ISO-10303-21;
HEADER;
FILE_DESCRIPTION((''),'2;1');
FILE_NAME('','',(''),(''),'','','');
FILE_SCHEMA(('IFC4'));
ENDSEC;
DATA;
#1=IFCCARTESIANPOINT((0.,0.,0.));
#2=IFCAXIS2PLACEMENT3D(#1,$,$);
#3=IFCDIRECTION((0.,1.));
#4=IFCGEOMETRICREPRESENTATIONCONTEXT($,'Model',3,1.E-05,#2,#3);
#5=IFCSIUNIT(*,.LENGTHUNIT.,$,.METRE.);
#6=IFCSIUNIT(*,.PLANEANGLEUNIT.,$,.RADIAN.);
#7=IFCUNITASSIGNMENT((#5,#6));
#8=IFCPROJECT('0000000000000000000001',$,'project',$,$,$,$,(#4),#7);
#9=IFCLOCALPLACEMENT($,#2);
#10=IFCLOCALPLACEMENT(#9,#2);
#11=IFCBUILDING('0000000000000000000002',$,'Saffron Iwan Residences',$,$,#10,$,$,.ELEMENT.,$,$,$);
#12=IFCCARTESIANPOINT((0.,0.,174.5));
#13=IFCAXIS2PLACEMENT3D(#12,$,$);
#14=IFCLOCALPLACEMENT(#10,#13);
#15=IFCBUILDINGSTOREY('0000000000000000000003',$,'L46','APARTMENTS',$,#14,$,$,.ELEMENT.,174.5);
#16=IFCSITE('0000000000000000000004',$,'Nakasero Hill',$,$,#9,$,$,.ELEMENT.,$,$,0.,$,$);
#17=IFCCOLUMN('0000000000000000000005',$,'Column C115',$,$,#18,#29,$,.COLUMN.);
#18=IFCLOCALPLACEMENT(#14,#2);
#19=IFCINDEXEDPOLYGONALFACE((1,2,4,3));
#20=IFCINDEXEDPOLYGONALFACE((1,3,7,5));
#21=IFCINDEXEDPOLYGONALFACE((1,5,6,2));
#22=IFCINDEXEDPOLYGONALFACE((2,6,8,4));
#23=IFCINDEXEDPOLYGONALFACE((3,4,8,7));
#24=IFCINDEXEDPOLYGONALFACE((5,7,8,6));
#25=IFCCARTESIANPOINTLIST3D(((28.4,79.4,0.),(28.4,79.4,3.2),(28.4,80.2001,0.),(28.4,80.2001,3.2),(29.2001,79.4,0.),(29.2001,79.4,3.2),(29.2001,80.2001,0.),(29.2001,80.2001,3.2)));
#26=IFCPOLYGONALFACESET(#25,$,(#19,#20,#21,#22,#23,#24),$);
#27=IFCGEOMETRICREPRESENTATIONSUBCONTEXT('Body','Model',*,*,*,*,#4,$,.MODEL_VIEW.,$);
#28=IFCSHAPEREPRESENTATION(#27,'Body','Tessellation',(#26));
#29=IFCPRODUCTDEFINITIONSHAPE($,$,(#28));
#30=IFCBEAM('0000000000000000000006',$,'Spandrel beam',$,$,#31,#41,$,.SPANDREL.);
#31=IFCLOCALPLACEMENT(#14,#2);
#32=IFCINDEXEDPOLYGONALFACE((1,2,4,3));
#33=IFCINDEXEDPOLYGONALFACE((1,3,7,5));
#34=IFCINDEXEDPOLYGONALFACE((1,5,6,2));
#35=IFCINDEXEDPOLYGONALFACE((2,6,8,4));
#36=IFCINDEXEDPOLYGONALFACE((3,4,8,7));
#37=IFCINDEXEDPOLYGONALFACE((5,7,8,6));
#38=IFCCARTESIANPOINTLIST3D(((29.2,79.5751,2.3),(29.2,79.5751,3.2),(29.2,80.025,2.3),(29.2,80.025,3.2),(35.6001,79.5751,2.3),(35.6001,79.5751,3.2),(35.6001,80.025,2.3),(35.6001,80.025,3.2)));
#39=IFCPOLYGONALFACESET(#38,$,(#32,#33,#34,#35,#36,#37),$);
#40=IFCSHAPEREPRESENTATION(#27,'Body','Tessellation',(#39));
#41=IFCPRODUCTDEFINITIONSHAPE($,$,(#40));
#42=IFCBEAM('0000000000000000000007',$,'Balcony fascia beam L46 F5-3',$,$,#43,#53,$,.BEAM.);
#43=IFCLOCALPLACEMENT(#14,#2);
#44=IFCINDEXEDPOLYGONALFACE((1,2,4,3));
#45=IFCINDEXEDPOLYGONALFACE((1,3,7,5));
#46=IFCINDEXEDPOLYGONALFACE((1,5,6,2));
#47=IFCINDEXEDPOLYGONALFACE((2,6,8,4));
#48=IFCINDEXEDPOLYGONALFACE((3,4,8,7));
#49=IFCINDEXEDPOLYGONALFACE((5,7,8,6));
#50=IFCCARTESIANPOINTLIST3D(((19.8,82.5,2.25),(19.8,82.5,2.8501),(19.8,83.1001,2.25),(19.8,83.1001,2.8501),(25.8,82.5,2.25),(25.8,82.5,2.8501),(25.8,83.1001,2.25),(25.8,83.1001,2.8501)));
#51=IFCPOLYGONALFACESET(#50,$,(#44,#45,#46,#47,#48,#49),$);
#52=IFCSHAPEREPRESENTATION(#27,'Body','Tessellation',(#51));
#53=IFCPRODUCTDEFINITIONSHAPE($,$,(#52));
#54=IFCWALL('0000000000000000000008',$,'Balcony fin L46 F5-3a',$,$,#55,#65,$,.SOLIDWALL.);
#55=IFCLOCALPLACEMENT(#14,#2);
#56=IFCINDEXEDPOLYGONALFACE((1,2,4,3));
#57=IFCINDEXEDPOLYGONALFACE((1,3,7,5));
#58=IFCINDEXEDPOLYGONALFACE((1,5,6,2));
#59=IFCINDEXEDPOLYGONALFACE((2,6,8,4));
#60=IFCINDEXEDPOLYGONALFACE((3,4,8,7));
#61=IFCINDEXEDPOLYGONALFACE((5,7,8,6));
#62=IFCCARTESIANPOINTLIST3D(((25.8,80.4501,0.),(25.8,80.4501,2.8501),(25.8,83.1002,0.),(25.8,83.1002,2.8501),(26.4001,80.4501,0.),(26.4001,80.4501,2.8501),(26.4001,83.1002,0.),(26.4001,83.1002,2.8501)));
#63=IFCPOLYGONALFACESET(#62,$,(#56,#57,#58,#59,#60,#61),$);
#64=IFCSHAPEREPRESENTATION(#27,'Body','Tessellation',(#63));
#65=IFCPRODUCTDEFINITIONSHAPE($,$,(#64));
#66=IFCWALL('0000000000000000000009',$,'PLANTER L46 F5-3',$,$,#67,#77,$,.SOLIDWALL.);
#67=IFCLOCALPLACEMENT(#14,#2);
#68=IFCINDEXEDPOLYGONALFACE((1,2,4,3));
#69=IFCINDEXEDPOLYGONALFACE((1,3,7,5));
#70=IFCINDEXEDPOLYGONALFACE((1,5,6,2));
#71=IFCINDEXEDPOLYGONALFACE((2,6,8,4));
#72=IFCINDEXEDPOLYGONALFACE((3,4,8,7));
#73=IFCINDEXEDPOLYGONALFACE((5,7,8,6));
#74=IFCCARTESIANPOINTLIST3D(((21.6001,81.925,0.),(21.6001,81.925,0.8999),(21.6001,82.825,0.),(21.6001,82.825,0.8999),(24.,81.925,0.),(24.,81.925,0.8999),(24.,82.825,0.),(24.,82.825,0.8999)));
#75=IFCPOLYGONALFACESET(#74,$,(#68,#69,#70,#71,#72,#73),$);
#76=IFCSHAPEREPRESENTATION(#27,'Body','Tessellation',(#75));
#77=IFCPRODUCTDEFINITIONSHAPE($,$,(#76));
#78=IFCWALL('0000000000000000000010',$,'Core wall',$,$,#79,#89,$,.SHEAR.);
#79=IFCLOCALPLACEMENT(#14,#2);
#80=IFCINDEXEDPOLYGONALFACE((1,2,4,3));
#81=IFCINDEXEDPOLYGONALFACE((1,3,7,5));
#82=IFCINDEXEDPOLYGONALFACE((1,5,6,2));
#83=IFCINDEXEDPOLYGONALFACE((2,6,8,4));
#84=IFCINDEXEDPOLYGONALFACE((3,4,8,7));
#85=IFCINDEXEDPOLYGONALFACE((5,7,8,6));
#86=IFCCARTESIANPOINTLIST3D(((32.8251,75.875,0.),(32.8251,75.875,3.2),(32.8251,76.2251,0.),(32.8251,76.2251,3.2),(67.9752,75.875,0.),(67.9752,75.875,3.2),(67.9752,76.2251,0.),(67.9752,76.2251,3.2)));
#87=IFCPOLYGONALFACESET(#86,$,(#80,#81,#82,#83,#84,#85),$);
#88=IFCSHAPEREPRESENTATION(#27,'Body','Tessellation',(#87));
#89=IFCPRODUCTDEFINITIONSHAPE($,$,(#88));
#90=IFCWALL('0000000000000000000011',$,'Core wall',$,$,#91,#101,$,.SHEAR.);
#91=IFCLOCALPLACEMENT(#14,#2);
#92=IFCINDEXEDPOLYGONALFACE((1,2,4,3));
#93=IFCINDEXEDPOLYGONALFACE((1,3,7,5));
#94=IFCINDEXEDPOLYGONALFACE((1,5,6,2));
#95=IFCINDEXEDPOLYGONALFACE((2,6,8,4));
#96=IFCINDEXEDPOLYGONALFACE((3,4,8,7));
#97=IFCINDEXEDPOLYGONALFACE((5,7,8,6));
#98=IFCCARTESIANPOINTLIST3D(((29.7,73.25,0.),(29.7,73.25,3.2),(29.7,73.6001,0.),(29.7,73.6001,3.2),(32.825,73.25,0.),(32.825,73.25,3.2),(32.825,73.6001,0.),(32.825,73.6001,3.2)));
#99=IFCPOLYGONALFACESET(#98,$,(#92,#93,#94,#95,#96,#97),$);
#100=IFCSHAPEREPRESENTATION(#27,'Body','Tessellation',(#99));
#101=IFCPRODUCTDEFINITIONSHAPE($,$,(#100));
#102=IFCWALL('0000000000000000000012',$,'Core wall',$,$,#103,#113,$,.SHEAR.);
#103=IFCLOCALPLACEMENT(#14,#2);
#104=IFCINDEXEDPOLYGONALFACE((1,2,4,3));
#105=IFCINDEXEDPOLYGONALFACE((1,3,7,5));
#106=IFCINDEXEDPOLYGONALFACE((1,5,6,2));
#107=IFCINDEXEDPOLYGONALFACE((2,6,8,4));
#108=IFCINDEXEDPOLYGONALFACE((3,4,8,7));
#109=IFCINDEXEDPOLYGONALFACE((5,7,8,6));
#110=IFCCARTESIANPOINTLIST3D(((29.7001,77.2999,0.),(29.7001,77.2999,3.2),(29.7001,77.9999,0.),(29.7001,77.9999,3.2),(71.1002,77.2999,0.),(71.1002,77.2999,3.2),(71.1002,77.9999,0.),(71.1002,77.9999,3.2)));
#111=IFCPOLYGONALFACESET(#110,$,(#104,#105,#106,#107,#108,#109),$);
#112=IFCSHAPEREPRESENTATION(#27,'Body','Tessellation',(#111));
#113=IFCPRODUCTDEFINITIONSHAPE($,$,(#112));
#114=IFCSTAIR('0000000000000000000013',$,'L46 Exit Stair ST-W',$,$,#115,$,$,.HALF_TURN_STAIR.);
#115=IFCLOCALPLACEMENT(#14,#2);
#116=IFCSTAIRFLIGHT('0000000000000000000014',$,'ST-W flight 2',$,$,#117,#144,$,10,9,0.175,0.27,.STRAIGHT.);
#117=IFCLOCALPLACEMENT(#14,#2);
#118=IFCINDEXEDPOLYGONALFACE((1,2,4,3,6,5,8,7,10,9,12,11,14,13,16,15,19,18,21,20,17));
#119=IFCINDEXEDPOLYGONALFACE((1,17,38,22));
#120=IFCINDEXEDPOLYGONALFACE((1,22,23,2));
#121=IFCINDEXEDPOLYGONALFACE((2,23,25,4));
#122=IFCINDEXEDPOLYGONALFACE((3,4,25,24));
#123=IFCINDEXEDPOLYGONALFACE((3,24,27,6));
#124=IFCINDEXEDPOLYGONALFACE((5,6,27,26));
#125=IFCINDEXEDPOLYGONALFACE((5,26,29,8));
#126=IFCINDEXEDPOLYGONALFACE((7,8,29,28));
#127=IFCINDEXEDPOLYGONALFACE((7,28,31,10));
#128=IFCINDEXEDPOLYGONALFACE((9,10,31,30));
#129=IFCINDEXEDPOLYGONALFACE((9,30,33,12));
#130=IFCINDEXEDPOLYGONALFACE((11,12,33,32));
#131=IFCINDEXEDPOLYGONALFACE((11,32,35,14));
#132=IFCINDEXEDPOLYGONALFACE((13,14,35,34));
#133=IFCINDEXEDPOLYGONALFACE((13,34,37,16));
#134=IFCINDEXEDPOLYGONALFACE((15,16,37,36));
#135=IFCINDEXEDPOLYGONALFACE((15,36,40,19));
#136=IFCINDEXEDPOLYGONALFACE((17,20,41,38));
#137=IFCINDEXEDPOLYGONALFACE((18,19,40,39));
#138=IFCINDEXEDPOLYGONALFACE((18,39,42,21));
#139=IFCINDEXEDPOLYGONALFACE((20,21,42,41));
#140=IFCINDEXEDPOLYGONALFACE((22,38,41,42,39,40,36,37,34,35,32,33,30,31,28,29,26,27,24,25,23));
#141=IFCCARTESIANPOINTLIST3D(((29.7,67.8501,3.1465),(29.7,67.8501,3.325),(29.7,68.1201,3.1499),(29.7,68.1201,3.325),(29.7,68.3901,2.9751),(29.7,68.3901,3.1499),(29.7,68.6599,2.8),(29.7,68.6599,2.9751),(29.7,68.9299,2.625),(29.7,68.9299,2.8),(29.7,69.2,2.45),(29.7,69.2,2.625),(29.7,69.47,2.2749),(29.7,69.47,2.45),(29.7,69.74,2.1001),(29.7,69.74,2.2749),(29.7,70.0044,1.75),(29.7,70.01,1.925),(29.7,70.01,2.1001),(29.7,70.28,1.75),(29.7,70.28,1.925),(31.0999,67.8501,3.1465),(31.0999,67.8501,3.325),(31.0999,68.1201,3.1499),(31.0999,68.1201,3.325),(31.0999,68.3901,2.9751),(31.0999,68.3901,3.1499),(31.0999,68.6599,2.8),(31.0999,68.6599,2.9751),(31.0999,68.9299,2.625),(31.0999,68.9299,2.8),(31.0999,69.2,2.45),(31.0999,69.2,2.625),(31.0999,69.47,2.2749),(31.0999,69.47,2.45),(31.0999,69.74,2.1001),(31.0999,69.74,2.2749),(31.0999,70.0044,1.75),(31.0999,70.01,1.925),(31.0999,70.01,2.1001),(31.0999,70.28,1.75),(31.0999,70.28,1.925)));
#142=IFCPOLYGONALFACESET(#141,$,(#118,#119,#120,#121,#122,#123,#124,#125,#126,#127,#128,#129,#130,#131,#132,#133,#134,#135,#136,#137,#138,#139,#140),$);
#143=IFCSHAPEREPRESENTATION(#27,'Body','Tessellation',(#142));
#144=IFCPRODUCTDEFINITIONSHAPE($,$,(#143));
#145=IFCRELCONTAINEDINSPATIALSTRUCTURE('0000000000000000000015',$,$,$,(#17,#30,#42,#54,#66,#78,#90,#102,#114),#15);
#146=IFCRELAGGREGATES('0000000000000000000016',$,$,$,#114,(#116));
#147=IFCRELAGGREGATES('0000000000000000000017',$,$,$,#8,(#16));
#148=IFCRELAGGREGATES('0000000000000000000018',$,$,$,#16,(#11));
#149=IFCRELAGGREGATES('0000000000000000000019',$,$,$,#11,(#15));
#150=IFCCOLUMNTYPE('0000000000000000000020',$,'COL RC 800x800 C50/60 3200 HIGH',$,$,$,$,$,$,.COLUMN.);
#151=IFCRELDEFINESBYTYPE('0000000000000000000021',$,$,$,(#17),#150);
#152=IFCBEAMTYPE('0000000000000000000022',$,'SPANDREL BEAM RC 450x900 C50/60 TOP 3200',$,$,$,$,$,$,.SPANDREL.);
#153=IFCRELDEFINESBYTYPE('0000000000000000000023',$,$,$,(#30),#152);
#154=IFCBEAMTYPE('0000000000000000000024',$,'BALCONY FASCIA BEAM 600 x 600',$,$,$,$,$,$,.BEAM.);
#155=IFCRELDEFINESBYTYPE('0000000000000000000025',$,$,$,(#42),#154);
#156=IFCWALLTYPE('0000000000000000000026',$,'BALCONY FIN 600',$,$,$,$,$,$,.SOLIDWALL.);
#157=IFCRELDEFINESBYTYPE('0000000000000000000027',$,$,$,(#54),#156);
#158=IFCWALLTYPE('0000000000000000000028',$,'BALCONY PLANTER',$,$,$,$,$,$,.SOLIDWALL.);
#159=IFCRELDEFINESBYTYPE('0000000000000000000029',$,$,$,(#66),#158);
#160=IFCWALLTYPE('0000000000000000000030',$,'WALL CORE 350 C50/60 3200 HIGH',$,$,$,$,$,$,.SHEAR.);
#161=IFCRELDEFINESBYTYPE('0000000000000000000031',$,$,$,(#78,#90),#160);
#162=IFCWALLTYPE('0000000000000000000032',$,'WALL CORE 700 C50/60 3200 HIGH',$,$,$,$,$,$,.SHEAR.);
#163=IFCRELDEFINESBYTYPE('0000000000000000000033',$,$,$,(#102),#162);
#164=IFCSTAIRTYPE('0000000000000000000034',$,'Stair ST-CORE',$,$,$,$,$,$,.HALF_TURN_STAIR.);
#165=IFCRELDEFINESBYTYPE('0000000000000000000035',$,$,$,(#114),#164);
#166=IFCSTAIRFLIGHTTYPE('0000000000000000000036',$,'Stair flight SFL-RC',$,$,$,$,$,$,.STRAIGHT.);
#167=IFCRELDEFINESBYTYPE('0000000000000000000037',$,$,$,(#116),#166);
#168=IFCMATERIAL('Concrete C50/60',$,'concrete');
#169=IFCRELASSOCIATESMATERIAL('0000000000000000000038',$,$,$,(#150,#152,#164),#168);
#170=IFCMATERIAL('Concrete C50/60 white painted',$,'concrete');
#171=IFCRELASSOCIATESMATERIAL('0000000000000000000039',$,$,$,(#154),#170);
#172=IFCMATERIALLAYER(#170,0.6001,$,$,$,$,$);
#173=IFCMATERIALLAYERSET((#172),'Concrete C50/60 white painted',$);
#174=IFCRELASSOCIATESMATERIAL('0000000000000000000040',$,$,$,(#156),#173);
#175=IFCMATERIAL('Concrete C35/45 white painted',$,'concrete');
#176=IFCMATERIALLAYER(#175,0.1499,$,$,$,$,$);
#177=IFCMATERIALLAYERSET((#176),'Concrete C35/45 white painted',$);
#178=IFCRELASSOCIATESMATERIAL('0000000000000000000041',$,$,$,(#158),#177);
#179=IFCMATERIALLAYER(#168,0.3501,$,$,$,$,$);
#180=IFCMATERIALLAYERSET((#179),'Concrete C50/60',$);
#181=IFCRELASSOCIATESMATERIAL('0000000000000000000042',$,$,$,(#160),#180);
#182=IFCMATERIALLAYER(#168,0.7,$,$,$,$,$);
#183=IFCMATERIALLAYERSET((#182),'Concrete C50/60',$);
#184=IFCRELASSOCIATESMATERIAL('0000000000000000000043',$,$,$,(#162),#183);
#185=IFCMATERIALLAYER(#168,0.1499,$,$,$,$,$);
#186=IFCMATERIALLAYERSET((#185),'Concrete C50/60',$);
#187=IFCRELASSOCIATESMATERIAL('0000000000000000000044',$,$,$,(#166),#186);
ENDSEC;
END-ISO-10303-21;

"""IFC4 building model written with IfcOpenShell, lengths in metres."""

from ifc_helpers import new_model, si_unit, direction, frame, frame_2d, origin, origin_2d, place, context, subcontext, project, spatial, polyline, rectangle, outline, extrude, source, transform, mapped, material, layer, layer_set, material_profile, profile_set, type_object, element, aggregate, save


model = new_model("IFC4")

# Units and contexts
model_context = context("Model", 3, precision=1e-05, world=origin(), true_north=direction((0.0, 1.0)))
body_context = subcontext(model_context, "Body", "Model", "MODEL_VIEW")
ifc_project = project(units=[si_unit("LENGTHUNIT", "METRE"), si_unit("PLANEANGLEUNIT", "RADIAN")], contexts=[model_context])

# Site, building, storey
site_placement = place(None, origin())
site = spatial("IfcSite", under=ifc_project, at=site_placement, Name="Nakasero Hill", CompositionType="ELEMENT", RefElevation=0.0)
building_placement = place(site_placement, origin())
building = spatial("IfcBuilding", under=site, at=building_placement, Name="Saffron Iwan Residences", CompositionType="ELEMENT")
storey_placement = place(building_placement, frame((0.0, 0.0, 174.5)))
storey = spatial("IfcBuildingStorey", under=building, at=storey_placement, Name="L46", Description="APARTMENTS", CompositionType="ELEMENT", Elevation=174.5)

# Column
ifc_material_1 = material(Name="Concrete C50/60", Category="concrete")
ifc_material_profile_1 = material_profile(ifc_material_1, rectangle(XDim=0.8, YDim=0.8, at=origin_2d()), Name="RC 800x800")
ifc_profile_set_1 = profile_set([ifc_material_profile_1], Name="Concrete C50/60")
column_type = type_object("IfcColumnType", Name="COL RC 800x800 C50/60 3200 HIGH", PredefinedType="COLUMN", material=ifc_profile_set_1)
shared_shape_1 = source(origin(), body_context, "Body", "SweptSolid", [
    extrude(rectangle(XDim=0.8, YDim=0.8, at=origin_2d()), origin(), (0.0, 0.0, 1.0), 3.2),
])
column_placement = place(storey_placement, frame((28.8, 79.8, 0.0), z_axis=(0.0, 0.0, 1.0), x_axis=(1.0, 0.0, 0.0)))
element("IfcColumn", 1, at=column_placement, inside=storey, type_object=column_type, Name="Column C115", PredefinedType="COLUMN", context=body_context, shape_type="MappedRepresentation", body=[
    mapped(shared_shape_1, transform((0.0, 0.0, 0.0))),
])

# Beams
ifc_material_profile_2 = material_profile(ifc_material_1, rectangle(XDim=0.45, YDim=0.8999, at=origin_2d()), Name="RC 450x900")
ifc_profile_set_2 = profile_set([ifc_material_profile_2], Name="Concrete C50/60")
beam_type_1 = type_object("IfcBeamType", Name="SPANDREL BEAM RC 450x900 C50/60 TOP 3200", PredefinedType="SPANDREL", material=ifc_profile_set_2)
shared_shape_2 = source(origin(), body_context, "Body", "SweptSolid", [
    extrude(rectangle(XDim=0.45, YDim=0.8999, at=origin_2d()), origin(), (0.0, 0.0, 1.0), 6.4001),
])
beam_1_placement = place(storey_placement, frame((29.2, 79.8, 2.75), z_axis=(1.0, 0.0, 0.0), x_axis=(0.0, 1.0, 0.0)))
element("IfcBeam", 2, at=beam_1_placement, inside=storey, type_object=beam_type_1, Name="Spandrel beam", PredefinedType="SPANDREL", context=body_context, shape_type="MappedRepresentation", body=[
    mapped(shared_shape_2, transform((0.0, 0.0, 0.0))),
])
ifc_material_2 = material(Name="Concrete C50/60 white painted", Category="concrete")
ifc_material_profile_3 = material_profile(ifc_material_2, rectangle(XDim=0.6001, YDim=0.6001, at=origin_2d()), Name="BALCONY FASCIA BEAM 600 x 600")
ifc_profile_set_3 = profile_set([ifc_material_profile_3], Name="Concrete C50/60 white painted")
beam_type_2 = type_object("IfcBeamType", Name="BALCONY FASCIA BEAM 600 x 600", PredefinedType="BEAM", material=ifc_profile_set_3)
shared_shape_3 = source(origin(), body_context, "Body", "SweptSolid", [
    extrude(rectangle(XDim=0.6001, YDim=0.6001, at=origin_2d()), origin(), (0.0, 0.0, 1.0), 6.0),
])
beam_2_placement = place(storey_placement, frame((25.8, 82.8, 2.55), z_axis=(-1.0, 0.0, 0.0), x_axis=(0.0, -1.0, 0.0)))
element("IfcBeam", 3, at=beam_2_placement, inside=storey, type_object=beam_type_2, Name="Balcony fascia beam L46 F5-3", PredefinedType="BEAM", context=body_context, shape_type="MappedRepresentation", body=[
    mapped(shared_shape_3, transform((0.0, 0.0, 0.0))),
])

# Walls
ifc_layer_1 = layer(ifc_material_2, 0.6001)
ifc_layer_set_1 = layer_set([ifc_layer_1], Name="Concrete C50/60 white painted")
wall_type_1 = type_object("IfcWallType", Name="BALCONY FIN 600", PredefinedType="SOLIDWALL", material=ifc_layer_set_1)
wall_1_placement = place(storey_placement, frame((26.1001, 80.45, 0.0), z_axis=(0.0, 0.0, 1.0), x_axis=(0.0, 1.0, 0.0)))
element("IfcWall", 4, at=wall_1_placement, inside=storey, type_object=wall_type_1, Name="Balcony fin L46 F5-3a", PredefinedType="SOLIDWALL", context=body_context, shape_type="SweptSolid", body=[
    extrude(rectangle(XDim=2.6501, YDim=0.6001, at=frame_2d((1.3252, 0.0))), origin(), (0.0, 0.0, 1.0), 2.8501),
])
ifc_material_3 = material(Name="Concrete C35/45 white painted", Category="concrete")
ifc_layer_2 = layer(ifc_material_3, 0.1499)
ifc_layer_set_2 = layer_set([ifc_layer_2], Name="Concrete C35/45 white painted")
wall_type_2 = type_object("IfcWallType", Name="BALCONY PLANTER", PredefinedType="SOLIDWALL", material=ifc_layer_set_2)
wall_2_placement = place(storey_placement, frame((24.0, 82.375, 0.0), z_axis=(0.0, 0.0, 1.0), x_axis=(-1.0, 0.0, 0.0)))
element("IfcWall", 5, at=wall_2_placement, inside=storey, type_object=wall_type_2, Name="PLANTER L46 F5-3", PredefinedType="SOLIDWALL", context=body_context, shape_type="SweptSolid", body=[
    extrude(rectangle(XDim=2.3999, YDim=0.8999, at=frame_2d((1.2, 0.0))), origin(), (0.0, 0.0, 1.0), 0.8999),
])

# Shared definitions
ifc_layer_3 = layer(ifc_material_1, 0.3501)
ifc_layer_set_3 = layer_set([ifc_layer_3], Name="Concrete C50/60")
wall_type_3 = type_object("IfcWallType", Name="WALL CORE 350 C50/60 3200 HIGH", PredefinedType="SHEAR", material=ifc_layer_set_3)

# Walls
wall_3_placement = place(storey_placement, frame((32.825, 76.05, 0.0), z_axis=(0.0, 0.0, 1.0), x_axis=(1.0, 0.0, 0.0)))
element("IfcWall", 6, at=wall_3_placement, inside=storey, type_object=wall_type_3, Name="Core wall", PredefinedType="SHEAR", context=body_context, shape_type="SweptSolid", body=[
    extrude(rectangle(XDim=35.1501, YDim=0.3501, at=frame_2d((17.5752, 0.0))), origin(), (0.0, 0.0, 1.0), 3.2),
])
wall_4_placement = place(storey_placement, frame((29.7, 73.425, 0.0), z_axis=(0.0, 0.0, 1.0), x_axis=(1.0, 0.0, 0.0)))
element("IfcWall", 7, at=wall_4_placement, inside=storey, type_object=wall_type_3, Name="Core wall", PredefinedType="SHEAR", context=body_context, shape_type="SweptSolid", body=[
    extrude(rectangle(XDim=3.125, YDim=0.3501, at=frame_2d((1.5625, 0.0))), origin(), (0.0, 0.0, 1.0), 3.2),
])
ifc_layer_4 = layer(ifc_material_1, 0.7)
ifc_layer_set_4 = layer_set([ifc_layer_4], Name="Concrete C50/60")
wall_type_4 = type_object("IfcWallType", Name="WALL CORE 700 C50/60 3200 HIGH", PredefinedType="SHEAR", material=ifc_layer_set_4)
wall_5_placement = place(storey_placement, frame((29.7, 77.6499, 0.0), z_axis=(0.0, 0.0, 1.0), x_axis=(1.0, 0.0, 0.0)))
element("IfcWall", 8, at=wall_5_placement, inside=storey, type_object=wall_type_4, Name="Core wall", PredefinedType="SHEAR", context=body_context, shape_type="SweptSolid", body=[
    extrude(rectangle(XDim=41.4001, YDim=0.7, at=frame_2d((20.7002, 0.0))), origin(), (0.0, 0.0, 1.0), 3.2),
])

# Stair, stair flight
stair_type = type_object("IfcStairType", Name="Stair ST-CORE", PredefinedType="HALF_TURN_STAIR", material=ifc_material_1)
stair_placement = place(storey_placement, origin())
stair = element("IfcStair", 9, at=stair_placement, inside=storey, type_object=stair_type, Name="L46 Exit Stair ST-W", PredefinedType="HALF_TURN_STAIR")
ifc_layer_5 = layer(ifc_material_1, 0.1499)
ifc_layer_set_5 = layer_set([ifc_layer_5], Name="Concrete C50/60")
stair_flight_type = type_object("IfcStairFlightType", Name="Stair flight SFL-RC", PredefinedType="STRAIGHT", material=ifc_layer_set_5)
stair_flight_placement = place(storey_placement, frame((30.3999, 70.28, 1.75), z_axis=(0.0, 0.0, 1.0), x_axis=(0.0, -1.0, 0.0)))
stair_flight = element("IfcStairFlight", 10, at=stair_flight_placement, type_object=stair_flight_type, Name="ST-W flight 2", NumberOfRisers=10, NumberOfTreads=9, PredefinedType="STRAIGHT", RiserHeight=0.175, TreadLength=0.27, context=body_context, shape_type="SweptSolid", body=[
    extrude(outline(polyline([(0.0, 0.0), (0.0, 0.175), (0.27, 0.175), (0.27, 0.3501), (0.54, 0.3501), (0.54, 0.5249), (0.8101, 0.5249), (0.8101, 0.7), (1.0801, 0.7), (1.0801, 0.875), (1.3501, 0.875), (1.3501, 1.05), (1.6201, 1.05), (1.6201, 1.2251), (1.8899, 1.2251), (1.8899, 1.3999), (2.1599, 1.3999), (2.1599, 1.575), (2.4299, 1.575), (2.4299, 1.75), (2.4299, 1.3965), (0.2756, 0.0), (0.0, 0.0)])), frame((0.0, 0.7, 0.0), z_axis=(0.0, -1.0, 0.0), x_axis=(1.0, 0.0, 0.0)), (0.0, 0.0, 1.0), 1.3999),
])
aggregate(stair, [stair_flight])

save(model, "model.ifc")
